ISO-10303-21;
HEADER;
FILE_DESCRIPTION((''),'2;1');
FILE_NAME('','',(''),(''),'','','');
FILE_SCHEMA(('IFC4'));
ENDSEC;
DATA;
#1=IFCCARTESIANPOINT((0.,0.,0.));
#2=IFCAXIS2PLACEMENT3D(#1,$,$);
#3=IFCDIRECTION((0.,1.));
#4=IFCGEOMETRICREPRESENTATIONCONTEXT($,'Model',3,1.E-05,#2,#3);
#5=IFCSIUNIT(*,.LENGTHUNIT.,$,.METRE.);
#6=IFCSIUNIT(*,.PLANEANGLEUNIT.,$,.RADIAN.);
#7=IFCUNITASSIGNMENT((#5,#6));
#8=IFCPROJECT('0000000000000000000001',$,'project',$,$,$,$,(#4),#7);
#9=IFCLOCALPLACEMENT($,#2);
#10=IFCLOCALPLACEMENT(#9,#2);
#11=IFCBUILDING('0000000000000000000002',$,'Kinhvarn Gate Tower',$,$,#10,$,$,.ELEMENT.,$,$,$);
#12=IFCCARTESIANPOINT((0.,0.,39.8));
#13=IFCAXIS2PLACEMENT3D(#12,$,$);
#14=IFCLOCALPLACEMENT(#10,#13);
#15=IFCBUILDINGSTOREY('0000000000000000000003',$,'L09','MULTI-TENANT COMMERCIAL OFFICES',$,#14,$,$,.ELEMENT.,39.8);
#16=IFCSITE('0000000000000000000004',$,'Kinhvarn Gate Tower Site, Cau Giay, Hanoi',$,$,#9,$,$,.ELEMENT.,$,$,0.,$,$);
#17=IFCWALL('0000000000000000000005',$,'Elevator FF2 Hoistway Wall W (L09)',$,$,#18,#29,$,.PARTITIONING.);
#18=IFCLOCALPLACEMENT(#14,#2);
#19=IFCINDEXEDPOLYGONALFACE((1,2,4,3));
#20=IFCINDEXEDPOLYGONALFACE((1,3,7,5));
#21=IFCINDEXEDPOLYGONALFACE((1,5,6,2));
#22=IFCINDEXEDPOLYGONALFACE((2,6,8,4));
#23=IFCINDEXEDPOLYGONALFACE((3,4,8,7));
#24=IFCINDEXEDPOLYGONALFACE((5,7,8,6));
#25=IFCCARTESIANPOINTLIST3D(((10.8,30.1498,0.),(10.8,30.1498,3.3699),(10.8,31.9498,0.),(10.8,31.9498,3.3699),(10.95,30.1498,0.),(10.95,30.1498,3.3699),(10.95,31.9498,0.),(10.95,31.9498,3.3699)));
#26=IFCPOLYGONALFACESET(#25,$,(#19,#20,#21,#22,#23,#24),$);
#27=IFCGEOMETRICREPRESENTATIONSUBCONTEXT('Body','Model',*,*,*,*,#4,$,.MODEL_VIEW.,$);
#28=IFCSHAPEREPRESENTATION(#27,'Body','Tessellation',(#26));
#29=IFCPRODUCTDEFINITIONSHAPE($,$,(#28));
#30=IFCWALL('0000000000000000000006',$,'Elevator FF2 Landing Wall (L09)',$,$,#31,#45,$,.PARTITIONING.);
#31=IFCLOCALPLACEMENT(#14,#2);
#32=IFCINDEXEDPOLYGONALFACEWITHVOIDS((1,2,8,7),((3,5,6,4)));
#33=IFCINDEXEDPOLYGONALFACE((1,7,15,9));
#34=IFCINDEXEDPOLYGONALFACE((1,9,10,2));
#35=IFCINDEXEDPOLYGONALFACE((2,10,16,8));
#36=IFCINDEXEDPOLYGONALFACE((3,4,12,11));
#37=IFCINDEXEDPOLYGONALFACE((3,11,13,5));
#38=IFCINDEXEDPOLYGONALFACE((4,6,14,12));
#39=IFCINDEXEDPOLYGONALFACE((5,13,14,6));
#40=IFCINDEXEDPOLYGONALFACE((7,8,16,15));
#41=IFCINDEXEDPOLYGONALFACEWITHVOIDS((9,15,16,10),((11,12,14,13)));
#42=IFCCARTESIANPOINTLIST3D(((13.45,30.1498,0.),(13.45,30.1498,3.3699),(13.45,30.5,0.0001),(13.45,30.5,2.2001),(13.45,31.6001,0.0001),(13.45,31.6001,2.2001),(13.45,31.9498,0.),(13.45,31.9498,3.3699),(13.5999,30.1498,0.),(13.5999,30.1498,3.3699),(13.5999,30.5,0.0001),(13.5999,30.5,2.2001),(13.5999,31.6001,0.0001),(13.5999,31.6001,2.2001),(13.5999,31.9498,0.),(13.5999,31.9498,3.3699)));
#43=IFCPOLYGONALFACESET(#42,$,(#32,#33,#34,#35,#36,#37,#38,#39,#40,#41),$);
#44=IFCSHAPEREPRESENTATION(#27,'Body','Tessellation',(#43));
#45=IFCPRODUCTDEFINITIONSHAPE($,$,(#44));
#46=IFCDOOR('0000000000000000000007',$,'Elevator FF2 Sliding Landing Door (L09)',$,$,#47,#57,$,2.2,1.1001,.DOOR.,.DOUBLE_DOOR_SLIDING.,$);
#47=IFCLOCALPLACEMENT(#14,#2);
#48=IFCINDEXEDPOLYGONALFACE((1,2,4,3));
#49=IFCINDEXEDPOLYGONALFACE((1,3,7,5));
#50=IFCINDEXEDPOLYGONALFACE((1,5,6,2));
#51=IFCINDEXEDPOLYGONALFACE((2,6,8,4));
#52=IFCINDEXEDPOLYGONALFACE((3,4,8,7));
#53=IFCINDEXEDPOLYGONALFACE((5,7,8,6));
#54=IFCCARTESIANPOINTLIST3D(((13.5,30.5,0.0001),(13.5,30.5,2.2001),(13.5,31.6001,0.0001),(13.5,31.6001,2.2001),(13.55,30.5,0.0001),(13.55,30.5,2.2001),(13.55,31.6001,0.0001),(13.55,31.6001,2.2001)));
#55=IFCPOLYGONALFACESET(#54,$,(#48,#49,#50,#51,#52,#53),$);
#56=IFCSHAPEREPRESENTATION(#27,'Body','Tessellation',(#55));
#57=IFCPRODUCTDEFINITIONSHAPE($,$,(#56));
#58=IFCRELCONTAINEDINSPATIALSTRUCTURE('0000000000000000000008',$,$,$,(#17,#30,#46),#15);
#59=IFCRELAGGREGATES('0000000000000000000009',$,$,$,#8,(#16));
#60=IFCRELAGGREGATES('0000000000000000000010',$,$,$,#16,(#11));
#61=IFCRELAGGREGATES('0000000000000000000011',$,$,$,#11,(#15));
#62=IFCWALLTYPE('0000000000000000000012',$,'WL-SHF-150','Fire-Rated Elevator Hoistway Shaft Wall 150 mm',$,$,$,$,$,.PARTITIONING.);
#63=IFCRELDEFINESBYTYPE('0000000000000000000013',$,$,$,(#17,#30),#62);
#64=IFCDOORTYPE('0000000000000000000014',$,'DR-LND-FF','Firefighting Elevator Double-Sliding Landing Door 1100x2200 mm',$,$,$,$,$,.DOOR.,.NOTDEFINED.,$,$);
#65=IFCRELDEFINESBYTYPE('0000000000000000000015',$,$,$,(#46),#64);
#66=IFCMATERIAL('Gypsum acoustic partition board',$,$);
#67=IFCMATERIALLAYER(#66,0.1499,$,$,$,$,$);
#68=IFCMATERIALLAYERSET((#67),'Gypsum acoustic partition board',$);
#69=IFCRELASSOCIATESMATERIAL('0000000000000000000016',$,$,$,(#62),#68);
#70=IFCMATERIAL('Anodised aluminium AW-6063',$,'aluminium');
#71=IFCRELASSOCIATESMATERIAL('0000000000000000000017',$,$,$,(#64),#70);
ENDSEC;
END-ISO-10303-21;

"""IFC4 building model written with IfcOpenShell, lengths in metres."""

from ifc_helpers import new_model, si_unit, direction, frame, frame_2d, origin, place, context, subcontext, project, spatial, rectangle, extrude, material, layer, layer_set, type_object, element, fill, save


model = new_model("IFC4")

# Units and contexts
model_context = context("Model", 3, precision=1e-05, world=origin(), true_north=direction((0.0, 1.0)))
body_context = subcontext(model_context, "Body", "Model", "MODEL_VIEW")
ifc_project = project(units=[si_unit("LENGTHUNIT", "METRE"), si_unit("PLANEANGLEUNIT", "RADIAN")], contexts=[model_context])

# Site, building, storey
site_placement = place(None, origin())
site = spatial("IfcSite", under=ifc_project, at=site_placement, Name="Kinhvarn Gate Tower Site, Cau Giay, Hanoi", CompositionType="ELEMENT", RefElevation=0.0)
building_placement = place(site_placement, origin())
building = spatial("IfcBuilding", under=site, at=building_placement, Name="Kinhvarn Gate Tower", CompositionType="ELEMENT")
storey_placement = place(building_placement, frame((0.0, 0.0, 39.8)))
storey = spatial("IfcBuildingStorey", under=building, at=storey_placement, Name="L09", Description="MULTI-TENANT COMMERCIAL OFFICES", CompositionType="ELEMENT", Elevation=39.8)

# Shared definitions
ifc_material_1 = material(Name="Anodised aluminium AW-6063", Category="aluminium")
ifc_material_2 = material(Name="Gypsum acoustic partition board")

# Shared definitions
ifc_layer_1 = layer(ifc_material_2, 0.1499)
ifc_layer_set_1 = layer_set([ifc_layer_1], Name="Gypsum acoustic partition board")
wall_type_1 = type_object("IfcWallType", Name="WL-SHF-150", Description="Fire-Rated Elevator Hoistway Shaft Wall 150 mm", PredefinedType="PARTITIONING", material=ifc_layer_set_1)

# Wall
wall_1_placement = place(storey_placement, frame((10.875, 30.1499, 0.0), z_axis=(0.0, 0.0, 1.0), x_axis=(0.0, 1.0, 0.0)))
element("IfcWall", 1, at=wall_1_placement, inside=storey, type_object=wall_type_1, Name="Elevator FF2 Hoistway Wall W (L09)", PredefinedType="PARTITIONING", context=body_context, shape_type="SweptSolid", body=[
    extrude(rectangle(XDim=1.8, YDim=0.1499, at=frame_2d((0.8999, 0.0))), origin(), (0.0, 0.0, 1.0), 3.3699),
])

# Wall, opening, door
wall_2_placement = place(storey_placement, frame((13.5249, 30.1499, 0.0), z_axis=(0.0, 0.0, 1.0), x_axis=(0.0, 1.0, 0.0)))
wall_2 = element("IfcWall", 2, at=wall_2_placement, inside=storey, type_object=wall_type_1, Name="Elevator FF2 Landing Wall (L09)", PredefinedType="PARTITIONING", context=body_context, shape_type="SweptSolid", body=[
    extrude(rectangle(XDim=1.8, YDim=0.1499, at=frame_2d((0.8999, 0.0))), origin(), (0.0, 0.0, 1.0), 3.3699),
])
opening_1_placement = place(wall_2_placement, frame((0.3501, 0.0, 0.0)))
opening_1 = element("IfcOpeningElement", 3, at=opening_1_placement, cuts=wall_2, PredefinedType="OPENING", context=body_context, shape_type="SweptSolid", body=[
    extrude(rectangle(XDim=1.1001, YDim=2.2, at=frame_2d((0.55, 1.1001))), frame((0.0, 0.085, 0.0), z_axis=(0.0, -1.0, 0.0), x_axis=(1.0, 0.0, 0.0)), (0.0, 0.0, 1.0), 0.1699),
])
door_type_1 = type_object("IfcDoorType", Name="DR-LND-FF", Description="Firefighting Elevator Double-Sliding Landing Door 1100x2200 mm", OperationType="NOTDEFINED", PredefinedType="DOOR", material=ifc_material_1)
door_1_placement = place(opening_1_placement, origin())
door_1 = element("IfcDoor", 4, at=door_1_placement, inside=storey, type_object=door_type_1, Name="Elevator FF2 Sliding Landing Door (L09)", OperationType="DOUBLE_DOOR_SLIDING", OverallHeight=2.2, OverallWidth=1.1001, PredefinedType="DOOR", context=body_context, shape_type="SweptSolid", body=[
    extrude(rectangle(XDim=1.1001, YDim=2.2, at=frame_2d((0.55, 1.1001))), frame((0.0, 0.0249, 0.0), z_axis=(0.0, -1.0, 0.0), x_axis=(1.0, 0.0, 0.0)), (0.0, 0.0, 1.0), 0.05),
])
fill(opening_1, door_1)

save(model, "model.ifc")
